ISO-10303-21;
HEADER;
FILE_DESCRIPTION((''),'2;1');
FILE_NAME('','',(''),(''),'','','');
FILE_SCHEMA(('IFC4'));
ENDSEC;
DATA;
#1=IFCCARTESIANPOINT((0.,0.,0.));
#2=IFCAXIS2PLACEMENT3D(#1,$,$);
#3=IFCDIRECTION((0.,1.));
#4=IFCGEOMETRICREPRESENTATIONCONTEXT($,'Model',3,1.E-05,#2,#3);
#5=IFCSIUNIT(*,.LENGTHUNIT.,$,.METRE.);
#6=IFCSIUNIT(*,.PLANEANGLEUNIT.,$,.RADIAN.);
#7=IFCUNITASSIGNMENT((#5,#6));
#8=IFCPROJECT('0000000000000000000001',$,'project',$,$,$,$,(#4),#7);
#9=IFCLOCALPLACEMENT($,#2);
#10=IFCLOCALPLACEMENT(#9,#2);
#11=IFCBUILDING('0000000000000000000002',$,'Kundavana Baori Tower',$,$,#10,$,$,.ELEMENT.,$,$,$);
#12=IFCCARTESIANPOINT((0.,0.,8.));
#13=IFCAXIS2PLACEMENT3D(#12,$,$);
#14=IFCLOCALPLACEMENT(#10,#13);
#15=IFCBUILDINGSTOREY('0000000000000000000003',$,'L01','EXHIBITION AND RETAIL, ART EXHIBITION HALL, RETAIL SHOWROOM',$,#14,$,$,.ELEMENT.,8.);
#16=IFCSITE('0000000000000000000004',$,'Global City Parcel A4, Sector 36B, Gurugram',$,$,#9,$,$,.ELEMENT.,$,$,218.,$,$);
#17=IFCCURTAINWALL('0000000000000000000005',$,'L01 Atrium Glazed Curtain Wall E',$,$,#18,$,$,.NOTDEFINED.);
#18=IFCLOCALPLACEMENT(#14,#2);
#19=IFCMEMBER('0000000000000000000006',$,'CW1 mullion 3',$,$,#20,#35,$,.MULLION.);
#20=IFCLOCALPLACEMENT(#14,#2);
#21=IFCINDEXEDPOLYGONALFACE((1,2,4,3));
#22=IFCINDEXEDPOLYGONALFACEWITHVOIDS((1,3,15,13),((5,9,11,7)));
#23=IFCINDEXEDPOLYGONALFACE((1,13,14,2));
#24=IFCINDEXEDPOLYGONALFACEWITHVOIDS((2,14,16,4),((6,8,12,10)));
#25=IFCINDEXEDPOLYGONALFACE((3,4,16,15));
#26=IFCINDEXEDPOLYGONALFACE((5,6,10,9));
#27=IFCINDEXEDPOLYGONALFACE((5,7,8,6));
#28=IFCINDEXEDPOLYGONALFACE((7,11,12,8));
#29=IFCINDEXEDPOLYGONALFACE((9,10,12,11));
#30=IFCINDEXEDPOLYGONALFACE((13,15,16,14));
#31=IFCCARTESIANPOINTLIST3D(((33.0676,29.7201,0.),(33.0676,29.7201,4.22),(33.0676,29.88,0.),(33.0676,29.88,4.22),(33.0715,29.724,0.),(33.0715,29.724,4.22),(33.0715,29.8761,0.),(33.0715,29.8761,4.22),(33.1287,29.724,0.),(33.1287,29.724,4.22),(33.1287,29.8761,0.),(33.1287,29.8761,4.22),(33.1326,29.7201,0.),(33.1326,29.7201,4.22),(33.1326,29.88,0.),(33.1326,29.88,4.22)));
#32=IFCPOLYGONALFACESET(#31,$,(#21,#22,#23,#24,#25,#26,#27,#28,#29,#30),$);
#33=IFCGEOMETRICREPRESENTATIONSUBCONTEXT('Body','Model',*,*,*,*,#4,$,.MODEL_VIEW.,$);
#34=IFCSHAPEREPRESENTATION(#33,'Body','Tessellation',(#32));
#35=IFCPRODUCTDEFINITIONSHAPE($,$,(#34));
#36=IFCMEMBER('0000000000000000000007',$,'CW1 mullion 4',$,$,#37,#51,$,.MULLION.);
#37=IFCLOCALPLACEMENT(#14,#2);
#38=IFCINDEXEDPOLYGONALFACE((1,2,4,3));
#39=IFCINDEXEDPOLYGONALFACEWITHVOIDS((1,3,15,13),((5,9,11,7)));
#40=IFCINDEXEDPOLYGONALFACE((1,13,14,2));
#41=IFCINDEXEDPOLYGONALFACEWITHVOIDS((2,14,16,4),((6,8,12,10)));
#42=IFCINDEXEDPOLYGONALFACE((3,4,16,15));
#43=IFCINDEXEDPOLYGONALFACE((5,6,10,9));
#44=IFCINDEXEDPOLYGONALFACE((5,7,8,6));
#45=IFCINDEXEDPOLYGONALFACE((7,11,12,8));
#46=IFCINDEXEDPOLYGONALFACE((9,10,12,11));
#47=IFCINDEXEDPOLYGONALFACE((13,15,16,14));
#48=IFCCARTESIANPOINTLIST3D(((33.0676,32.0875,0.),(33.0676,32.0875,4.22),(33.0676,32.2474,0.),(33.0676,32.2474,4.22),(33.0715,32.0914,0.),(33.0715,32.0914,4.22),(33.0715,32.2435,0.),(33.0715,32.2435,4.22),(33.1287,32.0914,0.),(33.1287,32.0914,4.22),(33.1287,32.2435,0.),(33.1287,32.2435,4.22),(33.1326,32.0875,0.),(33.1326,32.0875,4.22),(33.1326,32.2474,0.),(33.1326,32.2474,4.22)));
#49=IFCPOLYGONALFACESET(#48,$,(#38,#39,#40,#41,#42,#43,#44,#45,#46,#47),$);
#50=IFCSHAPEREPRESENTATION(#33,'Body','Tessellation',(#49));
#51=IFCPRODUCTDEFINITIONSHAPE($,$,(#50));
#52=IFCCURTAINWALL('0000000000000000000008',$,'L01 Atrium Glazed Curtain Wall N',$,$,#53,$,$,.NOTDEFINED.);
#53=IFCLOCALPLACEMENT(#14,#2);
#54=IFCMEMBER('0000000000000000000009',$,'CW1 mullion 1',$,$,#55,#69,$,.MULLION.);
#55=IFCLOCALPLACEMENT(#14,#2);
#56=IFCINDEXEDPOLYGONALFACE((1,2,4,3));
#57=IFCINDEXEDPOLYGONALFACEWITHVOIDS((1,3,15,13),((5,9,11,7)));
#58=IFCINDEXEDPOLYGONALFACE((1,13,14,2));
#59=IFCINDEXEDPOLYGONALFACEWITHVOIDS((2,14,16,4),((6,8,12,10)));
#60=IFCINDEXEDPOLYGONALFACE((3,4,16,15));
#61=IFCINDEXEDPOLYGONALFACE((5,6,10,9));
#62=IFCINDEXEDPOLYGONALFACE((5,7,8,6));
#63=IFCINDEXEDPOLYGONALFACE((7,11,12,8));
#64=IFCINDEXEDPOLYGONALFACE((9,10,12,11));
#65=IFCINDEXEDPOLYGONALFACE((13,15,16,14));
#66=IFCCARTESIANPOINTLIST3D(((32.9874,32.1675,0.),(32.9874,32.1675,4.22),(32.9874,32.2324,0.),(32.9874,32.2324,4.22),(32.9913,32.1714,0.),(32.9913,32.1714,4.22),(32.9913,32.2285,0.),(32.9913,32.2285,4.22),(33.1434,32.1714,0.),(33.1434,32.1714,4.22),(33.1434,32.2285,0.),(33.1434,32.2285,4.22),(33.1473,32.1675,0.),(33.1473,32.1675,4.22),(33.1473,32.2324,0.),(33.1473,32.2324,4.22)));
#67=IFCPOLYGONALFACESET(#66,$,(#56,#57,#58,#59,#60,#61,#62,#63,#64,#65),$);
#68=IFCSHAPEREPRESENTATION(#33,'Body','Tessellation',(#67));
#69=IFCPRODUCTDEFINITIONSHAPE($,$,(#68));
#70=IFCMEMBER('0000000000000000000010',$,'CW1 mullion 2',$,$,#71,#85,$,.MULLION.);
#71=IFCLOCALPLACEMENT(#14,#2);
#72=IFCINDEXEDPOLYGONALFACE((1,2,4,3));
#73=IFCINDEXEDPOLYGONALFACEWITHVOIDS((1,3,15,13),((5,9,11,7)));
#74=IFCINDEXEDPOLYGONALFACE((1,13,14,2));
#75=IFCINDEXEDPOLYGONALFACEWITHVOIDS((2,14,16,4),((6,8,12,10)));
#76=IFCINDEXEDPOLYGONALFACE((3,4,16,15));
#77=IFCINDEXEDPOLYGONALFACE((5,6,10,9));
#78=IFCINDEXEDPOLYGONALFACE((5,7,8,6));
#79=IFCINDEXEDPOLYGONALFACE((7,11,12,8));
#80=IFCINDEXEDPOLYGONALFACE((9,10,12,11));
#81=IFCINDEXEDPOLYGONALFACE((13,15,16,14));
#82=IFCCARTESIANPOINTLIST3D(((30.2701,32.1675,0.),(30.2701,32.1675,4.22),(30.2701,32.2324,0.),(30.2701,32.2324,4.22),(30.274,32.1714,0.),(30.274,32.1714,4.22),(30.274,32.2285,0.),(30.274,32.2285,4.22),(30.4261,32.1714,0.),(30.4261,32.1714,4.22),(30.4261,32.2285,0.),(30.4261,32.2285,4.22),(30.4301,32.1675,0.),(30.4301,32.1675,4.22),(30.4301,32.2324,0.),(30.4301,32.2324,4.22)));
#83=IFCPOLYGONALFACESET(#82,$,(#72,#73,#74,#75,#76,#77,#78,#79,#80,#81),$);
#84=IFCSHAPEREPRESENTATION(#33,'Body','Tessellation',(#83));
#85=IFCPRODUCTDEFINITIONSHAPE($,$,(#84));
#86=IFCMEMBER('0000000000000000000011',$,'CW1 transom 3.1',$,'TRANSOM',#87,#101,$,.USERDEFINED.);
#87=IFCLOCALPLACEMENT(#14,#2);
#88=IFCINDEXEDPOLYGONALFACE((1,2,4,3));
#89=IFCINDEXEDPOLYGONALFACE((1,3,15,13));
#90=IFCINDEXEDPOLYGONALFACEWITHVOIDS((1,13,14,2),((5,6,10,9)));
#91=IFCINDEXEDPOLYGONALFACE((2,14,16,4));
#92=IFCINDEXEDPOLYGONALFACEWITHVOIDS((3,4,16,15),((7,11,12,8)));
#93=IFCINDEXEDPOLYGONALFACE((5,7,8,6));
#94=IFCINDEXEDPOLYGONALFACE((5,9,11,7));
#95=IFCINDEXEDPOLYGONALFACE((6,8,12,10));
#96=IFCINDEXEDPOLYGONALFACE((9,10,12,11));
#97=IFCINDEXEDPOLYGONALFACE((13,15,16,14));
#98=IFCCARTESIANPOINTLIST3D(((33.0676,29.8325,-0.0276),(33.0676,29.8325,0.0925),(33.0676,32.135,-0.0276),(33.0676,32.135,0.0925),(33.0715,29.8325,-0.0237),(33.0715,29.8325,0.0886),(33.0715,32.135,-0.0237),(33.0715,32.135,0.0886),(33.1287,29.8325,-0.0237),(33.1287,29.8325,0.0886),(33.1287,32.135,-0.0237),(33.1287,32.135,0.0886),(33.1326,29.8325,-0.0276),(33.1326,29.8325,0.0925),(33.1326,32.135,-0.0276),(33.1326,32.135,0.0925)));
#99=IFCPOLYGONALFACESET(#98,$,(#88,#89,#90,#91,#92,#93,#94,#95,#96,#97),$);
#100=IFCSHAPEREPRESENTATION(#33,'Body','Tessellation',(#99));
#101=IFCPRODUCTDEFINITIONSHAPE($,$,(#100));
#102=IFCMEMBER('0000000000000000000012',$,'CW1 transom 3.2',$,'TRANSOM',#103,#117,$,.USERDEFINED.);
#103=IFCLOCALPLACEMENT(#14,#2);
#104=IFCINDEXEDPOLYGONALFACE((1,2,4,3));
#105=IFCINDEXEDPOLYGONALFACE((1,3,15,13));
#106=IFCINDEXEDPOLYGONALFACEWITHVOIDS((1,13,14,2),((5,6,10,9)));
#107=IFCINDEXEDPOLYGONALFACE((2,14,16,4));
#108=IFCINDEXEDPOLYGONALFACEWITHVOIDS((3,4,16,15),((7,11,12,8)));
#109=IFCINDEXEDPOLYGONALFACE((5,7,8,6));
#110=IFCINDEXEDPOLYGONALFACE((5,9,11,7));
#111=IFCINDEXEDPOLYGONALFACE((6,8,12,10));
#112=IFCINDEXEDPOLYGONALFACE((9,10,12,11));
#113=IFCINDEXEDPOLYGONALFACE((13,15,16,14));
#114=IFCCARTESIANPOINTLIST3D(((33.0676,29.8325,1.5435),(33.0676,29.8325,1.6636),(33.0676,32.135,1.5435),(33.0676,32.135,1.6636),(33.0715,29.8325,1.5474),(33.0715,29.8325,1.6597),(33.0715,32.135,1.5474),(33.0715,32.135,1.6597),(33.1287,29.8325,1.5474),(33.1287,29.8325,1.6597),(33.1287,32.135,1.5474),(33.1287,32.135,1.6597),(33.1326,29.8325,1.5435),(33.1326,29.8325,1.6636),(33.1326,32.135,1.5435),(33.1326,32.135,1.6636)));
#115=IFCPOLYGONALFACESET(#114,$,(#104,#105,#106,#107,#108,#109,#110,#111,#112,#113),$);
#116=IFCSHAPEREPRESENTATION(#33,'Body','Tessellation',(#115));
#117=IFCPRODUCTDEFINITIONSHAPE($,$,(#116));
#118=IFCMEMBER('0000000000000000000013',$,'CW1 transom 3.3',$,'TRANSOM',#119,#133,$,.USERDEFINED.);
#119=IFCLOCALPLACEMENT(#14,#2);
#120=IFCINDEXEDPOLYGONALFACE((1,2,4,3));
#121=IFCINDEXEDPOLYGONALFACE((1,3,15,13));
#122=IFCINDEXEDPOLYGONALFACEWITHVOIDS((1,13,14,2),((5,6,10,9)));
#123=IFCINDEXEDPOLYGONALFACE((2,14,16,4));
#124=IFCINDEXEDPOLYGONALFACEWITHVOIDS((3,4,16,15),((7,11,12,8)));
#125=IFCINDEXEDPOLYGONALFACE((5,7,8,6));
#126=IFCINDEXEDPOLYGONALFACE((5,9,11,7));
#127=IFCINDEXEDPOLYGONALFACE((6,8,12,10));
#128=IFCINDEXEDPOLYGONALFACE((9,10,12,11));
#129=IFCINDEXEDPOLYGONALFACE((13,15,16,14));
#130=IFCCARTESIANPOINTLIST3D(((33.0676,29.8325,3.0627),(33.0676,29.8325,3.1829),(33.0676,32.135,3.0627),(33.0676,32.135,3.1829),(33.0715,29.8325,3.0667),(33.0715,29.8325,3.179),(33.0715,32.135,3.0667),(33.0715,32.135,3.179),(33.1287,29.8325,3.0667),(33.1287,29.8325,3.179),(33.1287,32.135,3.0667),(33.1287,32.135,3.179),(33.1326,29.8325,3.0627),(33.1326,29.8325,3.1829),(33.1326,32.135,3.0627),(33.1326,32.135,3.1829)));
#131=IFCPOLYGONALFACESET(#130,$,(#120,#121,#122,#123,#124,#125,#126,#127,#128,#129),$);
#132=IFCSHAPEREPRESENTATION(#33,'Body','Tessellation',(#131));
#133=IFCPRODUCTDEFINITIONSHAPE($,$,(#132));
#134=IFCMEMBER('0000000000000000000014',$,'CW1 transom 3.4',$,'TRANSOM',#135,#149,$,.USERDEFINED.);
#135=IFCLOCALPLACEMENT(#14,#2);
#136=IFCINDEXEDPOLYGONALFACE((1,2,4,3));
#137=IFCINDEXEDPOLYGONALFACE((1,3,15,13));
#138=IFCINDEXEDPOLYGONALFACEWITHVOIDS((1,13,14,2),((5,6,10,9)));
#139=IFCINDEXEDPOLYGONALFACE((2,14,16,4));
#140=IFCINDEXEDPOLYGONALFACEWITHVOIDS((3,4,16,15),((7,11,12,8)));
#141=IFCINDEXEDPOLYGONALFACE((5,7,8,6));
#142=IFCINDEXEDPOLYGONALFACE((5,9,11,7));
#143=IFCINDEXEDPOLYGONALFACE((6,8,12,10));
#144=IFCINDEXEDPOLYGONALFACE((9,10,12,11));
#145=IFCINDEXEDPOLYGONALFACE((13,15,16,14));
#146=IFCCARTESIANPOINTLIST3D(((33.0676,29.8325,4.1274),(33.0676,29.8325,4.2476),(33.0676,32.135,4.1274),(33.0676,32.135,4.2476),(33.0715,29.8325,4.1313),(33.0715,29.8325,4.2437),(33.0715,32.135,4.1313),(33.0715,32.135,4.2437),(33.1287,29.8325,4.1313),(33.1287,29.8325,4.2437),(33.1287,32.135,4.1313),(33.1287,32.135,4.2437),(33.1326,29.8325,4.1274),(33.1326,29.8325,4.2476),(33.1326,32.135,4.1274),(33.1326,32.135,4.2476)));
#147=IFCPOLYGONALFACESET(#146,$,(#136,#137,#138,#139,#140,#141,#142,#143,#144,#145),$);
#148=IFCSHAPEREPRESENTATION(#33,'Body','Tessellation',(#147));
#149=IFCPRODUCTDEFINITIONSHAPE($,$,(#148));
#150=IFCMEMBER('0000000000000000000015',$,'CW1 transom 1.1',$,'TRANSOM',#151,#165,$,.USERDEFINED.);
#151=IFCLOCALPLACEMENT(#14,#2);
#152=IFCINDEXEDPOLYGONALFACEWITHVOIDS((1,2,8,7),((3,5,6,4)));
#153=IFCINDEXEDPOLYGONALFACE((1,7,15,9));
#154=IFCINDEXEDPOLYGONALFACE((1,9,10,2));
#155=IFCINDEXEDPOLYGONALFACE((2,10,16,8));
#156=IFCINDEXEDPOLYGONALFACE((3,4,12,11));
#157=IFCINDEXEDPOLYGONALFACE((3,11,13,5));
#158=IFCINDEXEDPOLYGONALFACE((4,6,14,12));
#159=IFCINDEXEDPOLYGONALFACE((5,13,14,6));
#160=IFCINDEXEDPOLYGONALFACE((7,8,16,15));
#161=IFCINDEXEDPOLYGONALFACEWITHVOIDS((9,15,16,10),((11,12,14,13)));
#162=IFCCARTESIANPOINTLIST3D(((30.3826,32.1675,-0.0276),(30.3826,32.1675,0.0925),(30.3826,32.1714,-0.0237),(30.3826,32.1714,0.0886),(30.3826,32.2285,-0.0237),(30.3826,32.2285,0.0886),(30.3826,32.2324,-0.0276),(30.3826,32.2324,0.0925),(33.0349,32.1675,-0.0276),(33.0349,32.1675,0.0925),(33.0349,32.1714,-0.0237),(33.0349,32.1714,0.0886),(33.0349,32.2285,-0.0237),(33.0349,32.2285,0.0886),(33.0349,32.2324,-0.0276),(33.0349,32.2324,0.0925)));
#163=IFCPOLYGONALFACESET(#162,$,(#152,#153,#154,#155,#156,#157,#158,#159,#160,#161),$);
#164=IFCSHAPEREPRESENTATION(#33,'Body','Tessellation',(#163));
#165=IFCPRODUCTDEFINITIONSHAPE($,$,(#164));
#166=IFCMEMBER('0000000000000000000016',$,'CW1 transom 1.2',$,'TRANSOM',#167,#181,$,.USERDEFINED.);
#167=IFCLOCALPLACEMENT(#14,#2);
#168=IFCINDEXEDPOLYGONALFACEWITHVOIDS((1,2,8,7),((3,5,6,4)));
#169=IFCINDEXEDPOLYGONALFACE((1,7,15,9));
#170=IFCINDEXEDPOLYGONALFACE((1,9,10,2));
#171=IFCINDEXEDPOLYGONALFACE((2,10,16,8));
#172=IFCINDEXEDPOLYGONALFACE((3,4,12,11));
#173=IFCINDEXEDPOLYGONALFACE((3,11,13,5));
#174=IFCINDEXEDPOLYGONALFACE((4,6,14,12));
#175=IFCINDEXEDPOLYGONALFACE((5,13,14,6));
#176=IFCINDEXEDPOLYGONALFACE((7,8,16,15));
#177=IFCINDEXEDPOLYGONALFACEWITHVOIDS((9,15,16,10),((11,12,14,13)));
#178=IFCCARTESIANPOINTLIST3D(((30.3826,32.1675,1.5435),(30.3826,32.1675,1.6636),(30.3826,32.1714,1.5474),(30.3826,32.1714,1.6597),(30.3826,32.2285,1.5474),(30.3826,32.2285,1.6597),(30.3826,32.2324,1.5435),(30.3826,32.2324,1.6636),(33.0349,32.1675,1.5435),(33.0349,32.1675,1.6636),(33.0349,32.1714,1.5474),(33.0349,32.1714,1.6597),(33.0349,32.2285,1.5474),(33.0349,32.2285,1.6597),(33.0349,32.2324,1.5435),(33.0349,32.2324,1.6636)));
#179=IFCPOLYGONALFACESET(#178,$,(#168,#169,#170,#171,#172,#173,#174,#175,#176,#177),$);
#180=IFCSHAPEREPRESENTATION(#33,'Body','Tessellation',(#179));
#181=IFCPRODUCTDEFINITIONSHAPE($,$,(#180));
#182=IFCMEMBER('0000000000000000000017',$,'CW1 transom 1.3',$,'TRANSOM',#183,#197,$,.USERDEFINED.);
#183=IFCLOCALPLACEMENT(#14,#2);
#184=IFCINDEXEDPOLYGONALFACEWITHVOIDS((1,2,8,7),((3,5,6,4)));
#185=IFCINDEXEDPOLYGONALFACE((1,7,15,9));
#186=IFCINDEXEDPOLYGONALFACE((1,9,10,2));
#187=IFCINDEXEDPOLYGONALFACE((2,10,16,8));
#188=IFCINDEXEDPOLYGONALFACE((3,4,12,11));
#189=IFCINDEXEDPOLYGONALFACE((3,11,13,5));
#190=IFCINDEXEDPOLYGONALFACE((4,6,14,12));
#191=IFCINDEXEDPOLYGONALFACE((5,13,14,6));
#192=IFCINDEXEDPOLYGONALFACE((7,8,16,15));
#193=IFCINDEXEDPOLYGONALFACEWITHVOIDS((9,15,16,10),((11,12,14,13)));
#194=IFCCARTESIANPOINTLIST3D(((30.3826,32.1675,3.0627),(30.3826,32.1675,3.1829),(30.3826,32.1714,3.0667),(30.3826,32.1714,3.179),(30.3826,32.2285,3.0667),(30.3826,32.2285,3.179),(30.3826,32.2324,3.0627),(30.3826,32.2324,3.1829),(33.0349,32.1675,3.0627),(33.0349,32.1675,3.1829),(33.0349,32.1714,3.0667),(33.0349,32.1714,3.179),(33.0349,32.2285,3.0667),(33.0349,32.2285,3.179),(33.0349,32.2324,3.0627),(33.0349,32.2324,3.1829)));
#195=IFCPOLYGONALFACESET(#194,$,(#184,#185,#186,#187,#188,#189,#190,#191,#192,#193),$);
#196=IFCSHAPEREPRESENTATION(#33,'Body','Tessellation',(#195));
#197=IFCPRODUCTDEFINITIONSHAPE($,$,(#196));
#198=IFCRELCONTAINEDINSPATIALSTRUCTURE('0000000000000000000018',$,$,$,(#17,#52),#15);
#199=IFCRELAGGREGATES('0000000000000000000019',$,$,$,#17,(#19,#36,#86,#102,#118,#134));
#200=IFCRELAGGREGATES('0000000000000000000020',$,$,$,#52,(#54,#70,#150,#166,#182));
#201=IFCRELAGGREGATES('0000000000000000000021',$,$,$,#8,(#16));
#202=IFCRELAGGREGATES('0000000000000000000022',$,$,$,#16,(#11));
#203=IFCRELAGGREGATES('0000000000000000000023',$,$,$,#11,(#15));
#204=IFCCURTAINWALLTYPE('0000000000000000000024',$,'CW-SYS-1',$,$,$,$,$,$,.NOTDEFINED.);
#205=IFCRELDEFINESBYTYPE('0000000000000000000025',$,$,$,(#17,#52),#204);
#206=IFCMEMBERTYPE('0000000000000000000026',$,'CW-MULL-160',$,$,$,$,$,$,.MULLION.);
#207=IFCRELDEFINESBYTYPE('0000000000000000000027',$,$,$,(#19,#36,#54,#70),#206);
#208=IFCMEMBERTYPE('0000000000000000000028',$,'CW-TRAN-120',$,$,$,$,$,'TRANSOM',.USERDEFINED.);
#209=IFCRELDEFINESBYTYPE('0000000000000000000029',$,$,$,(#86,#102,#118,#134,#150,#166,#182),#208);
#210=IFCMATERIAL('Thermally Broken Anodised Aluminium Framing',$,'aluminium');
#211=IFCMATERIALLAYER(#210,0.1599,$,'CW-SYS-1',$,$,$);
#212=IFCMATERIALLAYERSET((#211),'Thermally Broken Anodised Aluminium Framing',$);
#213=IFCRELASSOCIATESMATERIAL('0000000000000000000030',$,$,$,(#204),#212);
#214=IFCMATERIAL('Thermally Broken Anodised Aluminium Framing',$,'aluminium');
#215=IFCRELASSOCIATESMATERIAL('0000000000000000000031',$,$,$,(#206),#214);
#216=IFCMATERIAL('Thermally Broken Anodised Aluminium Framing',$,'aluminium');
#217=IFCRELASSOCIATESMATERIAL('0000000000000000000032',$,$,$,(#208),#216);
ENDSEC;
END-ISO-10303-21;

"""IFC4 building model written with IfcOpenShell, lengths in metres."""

from ifc_helpers import new_model, si_unit, direction, frame, origin, origin_2d, place, context, subcontext, project, spatial, hollow_rectangle, extrude, material, layer, layer_set, material_profile, profile_set, type_object, element, aggregate, save


model = new_model("IFC4")

# Units and contexts
model_context = context("Model", 3, precision=1e-05, world=origin(), true_north=direction((0.0, 1.0)))
body_context = subcontext(model_context, "Body", "Model", "MODEL_VIEW")
ifc_project = project(units=[si_unit("LENGTHUNIT", "METRE"), si_unit("PLANEANGLEUNIT", "RADIAN")], contexts=[model_context])

# Site, building, storey
site_placement = place(None, origin())
site = spatial("IfcSite", under=ifc_project, at=site_placement, Name="Global City Parcel A4, Sector 36B, Gurugram", CompositionType="ELEMENT", RefElevation=218.0)
building_placement = place(site_placement, origin())
building = spatial("IfcBuilding", under=site, at=building_placement, Name="Kundavana Baori Tower", CompositionType="ELEMENT")
storey_placement = place(building_placement, frame((0.0, 0.0, 8.0)))
storey = spatial("IfcBuildingStorey", under=building, at=storey_placement, Name="L01", Description="EXHIBITION AND RETAIL, ART EXHIBITION HALL, RETAIL SHOWROOM", CompositionType="ELEMENT", Elevation=8.0)

# Curtain walls, members
ifc_material_1 = material(Name="Thermally Broken Anodised Aluminium Framing", Category="aluminium")
ifc_layer_1 = layer(ifc_material_1, 0.1599, Name="CW-SYS-1")
ifc_layer_set_1 = layer_set([ifc_layer_1], Name="Thermally Broken Anodised Aluminium Framing")
curtain_wall_type = type_object("IfcCurtainWallType", Name="CW-SYS-1", PredefinedType="NOTDEFINED", material=ifc_layer_set_1)
curtain_wall_1_placement = place(storey_placement, origin())
curtain_wall_1 = element("IfcCurtainWall", 1, at=curtain_wall_1_placement, inside=storey, type_object=curtain_wall_type, Name="L01 Atrium Glazed Curtain Wall E", PredefinedType="NOTDEFINED")
ifc_material_2 = material(Name="Thermally Broken Anodised Aluminium Framing", Category="aluminium")
ifc_material_profile_1 = material_profile(ifc_material_2, hollow_rectangle(XDim=0.0649, YDim=0.1599, WallThickness=0.0039, at=origin_2d()), Name="CW-MULL-160")
ifc_profile_set_1 = profile_set([ifc_material_profile_1], Name="Thermally Broken Anodised Aluminium Framing")
member_type_1 = type_object("IfcMemberType", Name="CW-MULL-160", PredefinedType="MULLION", material=ifc_profile_set_1)
member_1_placement = place(storey_placement, frame((33.1001, 29.8, 0.0), z_axis=(0.0, 0.0, 1.0), x_axis=(-1.0, 0.0, 0.0)))
member_1 = element("IfcMember", 2, at=member_1_placement, type_object=member_type_1, Name="CW1 mullion 3", PredefinedType="MULLION", context=body_context, shape_type="SweptSolid", body=[
    extrude(hollow_rectangle(XDim=0.0649, YDim=0.1599, WallThickness=0.0039, at=origin_2d()), origin(), (0.0, 0.0, 1.0), 4.22),
])
member_2_placement = place(storey_placement, frame((33.1001, 32.1675, 0.0), z_axis=(0.0, 0.0, 1.0), x_axis=(-1.0, 0.0, 0.0)))
member_2 = element("IfcMember", 3, at=member_2_placement, type_object=member_type_1, Name="CW1 mullion 4", PredefinedType="MULLION", context=body_context, shape_type="SweptSolid", body=[
    extrude(hollow_rectangle(XDim=0.0649, YDim=0.1599, WallThickness=0.0039, at=origin_2d()), origin(), (0.0, 0.0, 1.0), 4.22),
])
curtain_wall_2_placement = place(storey_placement, origin())
curtain_wall_2 = element("IfcCurtainWall", 4, at=curtain_wall_2_placement, inside=storey, type_object=curtain_wall_type, Name="L01 Atrium Glazed Curtain Wall N", PredefinedType="NOTDEFINED")
member_3_placement = place(storey_placement, frame((33.0674, 32.2, 0.0), z_axis=(0.0, 0.0, 1.0), x_axis=(0.0, -1.0, 0.0)))
member_3 = element("IfcMember", 5, at=member_3_placement, type_object=member_type_1, Name="CW1 mullion 1", PredefinedType="MULLION", context=body_context, shape_type="SweptSolid", body=[
    extrude(hollow_rectangle(XDim=0.0649, YDim=0.1599, WallThickness=0.0039, at=origin_2d()), origin(), (0.0, 0.0, 1.0), 4.22),
])
member_4_placement = place(storey_placement, frame((30.3501, 32.2, 0.0), z_axis=(0.0, 0.0, 1.0), x_axis=(0.0, -1.0, 0.0)))
member_4 = element("IfcMember", 6, at=member_4_placement, type_object=member_type_1, Name="CW1 mullion 2", PredefinedType="MULLION", context=body_context, shape_type="SweptSolid", body=[
    extrude(hollow_rectangle(XDim=0.0649, YDim=0.1599, WallThickness=0.0039, at=origin_2d()), origin(), (0.0, 0.0, 1.0), 4.22),
])

# Members
ifc_material_3 = material(Name="Thermally Broken Anodised Aluminium Framing", Category="aluminium")
ifc_material_profile_2 = material_profile(ifc_material_3, hollow_rectangle(XDim=0.0649, YDim=0.1201, WallThickness=0.0039, at=origin_2d()), Name="CW-TRAN-120")
ifc_profile_set_2 = profile_set([ifc_material_profile_2], Name="Thermally Broken Anodised Aluminium Framing")
member_type_2 = type_object("IfcMemberType", Name="CW-TRAN-120", ElementType="TRANSOM", PredefinedType="USERDEFINED", material=ifc_profile_set_2)
member_5_placement = place(storey_placement, frame((33.1001, 29.8325, 0.0325), z_axis=(0.0, 1.0, 0.0), x_axis=(-1.0, 0.0, 0.0)))
member_5 = element("IfcMember", 7, at=member_5_placement, type_object=member_type_2, Name="CW1 transom 3.1", ObjectType="TRANSOM", PredefinedType="USERDEFINED", context=body_context, shape_type="SweptSolid", body=[
    extrude(hollow_rectangle(XDim=0.0649, YDim=0.1201, WallThickness=0.0039, at=origin_2d()), origin(), (0.0, 0.0, 1.0), 2.3025),
])
member_6_placement = place(storey_placement, frame((33.1001, 29.8325, 1.6035), z_axis=(0.0, 1.0, 0.0), x_axis=(-1.0, 0.0, 0.0)))
member_6 = element("IfcMember", 8, at=member_6_placement, type_object=member_type_2, Name="CW1 transom 3.2", ObjectType="TRANSOM", PredefinedType="USERDEFINED", context=body_context, shape_type="SweptSolid", body=[
    extrude(hollow_rectangle(XDim=0.0649, YDim=0.1201, WallThickness=0.0039, at=origin_2d()), origin(), (0.0, 0.0, 1.0), 2.3025),
])
member_7_placement = place(storey_placement, frame((33.1001, 29.8325, 3.1228), z_axis=(0.0, 1.0, 0.0), x_axis=(-1.0, 0.0, 0.0)))
member_7 = element("IfcMember", 9, at=member_7_placement, type_object=member_type_2, Name="CW1 transom 3.3", ObjectType="TRANSOM", PredefinedType="USERDEFINED", context=body_context, shape_type="SweptSolid", body=[
    extrude(hollow_rectangle(XDim=0.0649, YDim=0.1201, WallThickness=0.0039, at=origin_2d()), origin(), (0.0, 0.0, 1.0), 2.3025),
])
member_8_placement = place(storey_placement, frame((33.1001, 29.8325, 4.1875), z_axis=(0.0, 1.0, 0.0), x_axis=(-1.0, 0.0, 0.0)))
member_8 = element("IfcMember", 10, at=member_8_placement, type_object=member_type_2, Name="CW1 transom 3.4", ObjectType="TRANSOM", PredefinedType="USERDEFINED", context=body_context, shape_type="SweptSolid", body=[
    extrude(hollow_rectangle(XDim=0.0649, YDim=0.1201, WallThickness=0.0039, at=origin_2d()), origin(), (0.0, 0.0, 1.0), 2.3025),
])
member_9_placement = place(storey_placement, frame((33.0349, 32.2, 0.0325), z_axis=(-1.0, 0.0, 0.0), x_axis=(0.0, -1.0, 0.0)))
member_9 = element("IfcMember", 11, at=member_9_placement, type_object=member_type_2, Name="CW1 transom 1.1", ObjectType="TRANSOM", PredefinedType="USERDEFINED", context=body_context, shape_type="SweptSolid", body=[
    extrude(hollow_rectangle(XDim=0.0649, YDim=0.1201, WallThickness=0.0039, at=origin_2d()), origin(), (0.0, 0.0, 1.0), 2.6523),
])
member_10_placement = place(storey_placement, frame((33.0349, 32.2, 1.6035), z_axis=(-1.0, 0.0, 0.0), x_axis=(0.0, -1.0, 0.0)))
member_10 = element("IfcMember", 12, at=member_10_placement, type_object=member_type_2, Name="CW1 transom 1.2", ObjectType="TRANSOM", PredefinedType="USERDEFINED", context=body_context, shape_type="SweptSolid", body=[
    extrude(hollow_rectangle(XDim=0.0649, YDim=0.1201, WallThickness=0.0039, at=origin_2d()), origin(), (0.0, 0.0, 1.0), 2.6523),
])
member_11_placement = place(storey_placement, frame((33.0349, 32.2, 3.1228), z_axis=(-1.0, 0.0, 0.0), x_axis=(0.0, -1.0, 0.0)))
member_11 = element("IfcMember", 13, at=member_11_placement, type_object=member_type_2, Name="CW1 transom 1.3", ObjectType="TRANSOM", PredefinedType="USERDEFINED", context=body_context, shape_type="SweptSolid", body=[
    extrude(hollow_rectangle(XDim=0.0649, YDim=0.1201, WallThickness=0.0039, at=origin_2d()), origin(), (0.0, 0.0, 1.0), 2.6523),
])

aggregate(curtain_wall_1, [member_1, member_2, member_5, member_6, member_7, member_8])
aggregate(curtain_wall_2, [member_3, member_4, member_9, member_10, member_11])

save(model, "model.ifc")
